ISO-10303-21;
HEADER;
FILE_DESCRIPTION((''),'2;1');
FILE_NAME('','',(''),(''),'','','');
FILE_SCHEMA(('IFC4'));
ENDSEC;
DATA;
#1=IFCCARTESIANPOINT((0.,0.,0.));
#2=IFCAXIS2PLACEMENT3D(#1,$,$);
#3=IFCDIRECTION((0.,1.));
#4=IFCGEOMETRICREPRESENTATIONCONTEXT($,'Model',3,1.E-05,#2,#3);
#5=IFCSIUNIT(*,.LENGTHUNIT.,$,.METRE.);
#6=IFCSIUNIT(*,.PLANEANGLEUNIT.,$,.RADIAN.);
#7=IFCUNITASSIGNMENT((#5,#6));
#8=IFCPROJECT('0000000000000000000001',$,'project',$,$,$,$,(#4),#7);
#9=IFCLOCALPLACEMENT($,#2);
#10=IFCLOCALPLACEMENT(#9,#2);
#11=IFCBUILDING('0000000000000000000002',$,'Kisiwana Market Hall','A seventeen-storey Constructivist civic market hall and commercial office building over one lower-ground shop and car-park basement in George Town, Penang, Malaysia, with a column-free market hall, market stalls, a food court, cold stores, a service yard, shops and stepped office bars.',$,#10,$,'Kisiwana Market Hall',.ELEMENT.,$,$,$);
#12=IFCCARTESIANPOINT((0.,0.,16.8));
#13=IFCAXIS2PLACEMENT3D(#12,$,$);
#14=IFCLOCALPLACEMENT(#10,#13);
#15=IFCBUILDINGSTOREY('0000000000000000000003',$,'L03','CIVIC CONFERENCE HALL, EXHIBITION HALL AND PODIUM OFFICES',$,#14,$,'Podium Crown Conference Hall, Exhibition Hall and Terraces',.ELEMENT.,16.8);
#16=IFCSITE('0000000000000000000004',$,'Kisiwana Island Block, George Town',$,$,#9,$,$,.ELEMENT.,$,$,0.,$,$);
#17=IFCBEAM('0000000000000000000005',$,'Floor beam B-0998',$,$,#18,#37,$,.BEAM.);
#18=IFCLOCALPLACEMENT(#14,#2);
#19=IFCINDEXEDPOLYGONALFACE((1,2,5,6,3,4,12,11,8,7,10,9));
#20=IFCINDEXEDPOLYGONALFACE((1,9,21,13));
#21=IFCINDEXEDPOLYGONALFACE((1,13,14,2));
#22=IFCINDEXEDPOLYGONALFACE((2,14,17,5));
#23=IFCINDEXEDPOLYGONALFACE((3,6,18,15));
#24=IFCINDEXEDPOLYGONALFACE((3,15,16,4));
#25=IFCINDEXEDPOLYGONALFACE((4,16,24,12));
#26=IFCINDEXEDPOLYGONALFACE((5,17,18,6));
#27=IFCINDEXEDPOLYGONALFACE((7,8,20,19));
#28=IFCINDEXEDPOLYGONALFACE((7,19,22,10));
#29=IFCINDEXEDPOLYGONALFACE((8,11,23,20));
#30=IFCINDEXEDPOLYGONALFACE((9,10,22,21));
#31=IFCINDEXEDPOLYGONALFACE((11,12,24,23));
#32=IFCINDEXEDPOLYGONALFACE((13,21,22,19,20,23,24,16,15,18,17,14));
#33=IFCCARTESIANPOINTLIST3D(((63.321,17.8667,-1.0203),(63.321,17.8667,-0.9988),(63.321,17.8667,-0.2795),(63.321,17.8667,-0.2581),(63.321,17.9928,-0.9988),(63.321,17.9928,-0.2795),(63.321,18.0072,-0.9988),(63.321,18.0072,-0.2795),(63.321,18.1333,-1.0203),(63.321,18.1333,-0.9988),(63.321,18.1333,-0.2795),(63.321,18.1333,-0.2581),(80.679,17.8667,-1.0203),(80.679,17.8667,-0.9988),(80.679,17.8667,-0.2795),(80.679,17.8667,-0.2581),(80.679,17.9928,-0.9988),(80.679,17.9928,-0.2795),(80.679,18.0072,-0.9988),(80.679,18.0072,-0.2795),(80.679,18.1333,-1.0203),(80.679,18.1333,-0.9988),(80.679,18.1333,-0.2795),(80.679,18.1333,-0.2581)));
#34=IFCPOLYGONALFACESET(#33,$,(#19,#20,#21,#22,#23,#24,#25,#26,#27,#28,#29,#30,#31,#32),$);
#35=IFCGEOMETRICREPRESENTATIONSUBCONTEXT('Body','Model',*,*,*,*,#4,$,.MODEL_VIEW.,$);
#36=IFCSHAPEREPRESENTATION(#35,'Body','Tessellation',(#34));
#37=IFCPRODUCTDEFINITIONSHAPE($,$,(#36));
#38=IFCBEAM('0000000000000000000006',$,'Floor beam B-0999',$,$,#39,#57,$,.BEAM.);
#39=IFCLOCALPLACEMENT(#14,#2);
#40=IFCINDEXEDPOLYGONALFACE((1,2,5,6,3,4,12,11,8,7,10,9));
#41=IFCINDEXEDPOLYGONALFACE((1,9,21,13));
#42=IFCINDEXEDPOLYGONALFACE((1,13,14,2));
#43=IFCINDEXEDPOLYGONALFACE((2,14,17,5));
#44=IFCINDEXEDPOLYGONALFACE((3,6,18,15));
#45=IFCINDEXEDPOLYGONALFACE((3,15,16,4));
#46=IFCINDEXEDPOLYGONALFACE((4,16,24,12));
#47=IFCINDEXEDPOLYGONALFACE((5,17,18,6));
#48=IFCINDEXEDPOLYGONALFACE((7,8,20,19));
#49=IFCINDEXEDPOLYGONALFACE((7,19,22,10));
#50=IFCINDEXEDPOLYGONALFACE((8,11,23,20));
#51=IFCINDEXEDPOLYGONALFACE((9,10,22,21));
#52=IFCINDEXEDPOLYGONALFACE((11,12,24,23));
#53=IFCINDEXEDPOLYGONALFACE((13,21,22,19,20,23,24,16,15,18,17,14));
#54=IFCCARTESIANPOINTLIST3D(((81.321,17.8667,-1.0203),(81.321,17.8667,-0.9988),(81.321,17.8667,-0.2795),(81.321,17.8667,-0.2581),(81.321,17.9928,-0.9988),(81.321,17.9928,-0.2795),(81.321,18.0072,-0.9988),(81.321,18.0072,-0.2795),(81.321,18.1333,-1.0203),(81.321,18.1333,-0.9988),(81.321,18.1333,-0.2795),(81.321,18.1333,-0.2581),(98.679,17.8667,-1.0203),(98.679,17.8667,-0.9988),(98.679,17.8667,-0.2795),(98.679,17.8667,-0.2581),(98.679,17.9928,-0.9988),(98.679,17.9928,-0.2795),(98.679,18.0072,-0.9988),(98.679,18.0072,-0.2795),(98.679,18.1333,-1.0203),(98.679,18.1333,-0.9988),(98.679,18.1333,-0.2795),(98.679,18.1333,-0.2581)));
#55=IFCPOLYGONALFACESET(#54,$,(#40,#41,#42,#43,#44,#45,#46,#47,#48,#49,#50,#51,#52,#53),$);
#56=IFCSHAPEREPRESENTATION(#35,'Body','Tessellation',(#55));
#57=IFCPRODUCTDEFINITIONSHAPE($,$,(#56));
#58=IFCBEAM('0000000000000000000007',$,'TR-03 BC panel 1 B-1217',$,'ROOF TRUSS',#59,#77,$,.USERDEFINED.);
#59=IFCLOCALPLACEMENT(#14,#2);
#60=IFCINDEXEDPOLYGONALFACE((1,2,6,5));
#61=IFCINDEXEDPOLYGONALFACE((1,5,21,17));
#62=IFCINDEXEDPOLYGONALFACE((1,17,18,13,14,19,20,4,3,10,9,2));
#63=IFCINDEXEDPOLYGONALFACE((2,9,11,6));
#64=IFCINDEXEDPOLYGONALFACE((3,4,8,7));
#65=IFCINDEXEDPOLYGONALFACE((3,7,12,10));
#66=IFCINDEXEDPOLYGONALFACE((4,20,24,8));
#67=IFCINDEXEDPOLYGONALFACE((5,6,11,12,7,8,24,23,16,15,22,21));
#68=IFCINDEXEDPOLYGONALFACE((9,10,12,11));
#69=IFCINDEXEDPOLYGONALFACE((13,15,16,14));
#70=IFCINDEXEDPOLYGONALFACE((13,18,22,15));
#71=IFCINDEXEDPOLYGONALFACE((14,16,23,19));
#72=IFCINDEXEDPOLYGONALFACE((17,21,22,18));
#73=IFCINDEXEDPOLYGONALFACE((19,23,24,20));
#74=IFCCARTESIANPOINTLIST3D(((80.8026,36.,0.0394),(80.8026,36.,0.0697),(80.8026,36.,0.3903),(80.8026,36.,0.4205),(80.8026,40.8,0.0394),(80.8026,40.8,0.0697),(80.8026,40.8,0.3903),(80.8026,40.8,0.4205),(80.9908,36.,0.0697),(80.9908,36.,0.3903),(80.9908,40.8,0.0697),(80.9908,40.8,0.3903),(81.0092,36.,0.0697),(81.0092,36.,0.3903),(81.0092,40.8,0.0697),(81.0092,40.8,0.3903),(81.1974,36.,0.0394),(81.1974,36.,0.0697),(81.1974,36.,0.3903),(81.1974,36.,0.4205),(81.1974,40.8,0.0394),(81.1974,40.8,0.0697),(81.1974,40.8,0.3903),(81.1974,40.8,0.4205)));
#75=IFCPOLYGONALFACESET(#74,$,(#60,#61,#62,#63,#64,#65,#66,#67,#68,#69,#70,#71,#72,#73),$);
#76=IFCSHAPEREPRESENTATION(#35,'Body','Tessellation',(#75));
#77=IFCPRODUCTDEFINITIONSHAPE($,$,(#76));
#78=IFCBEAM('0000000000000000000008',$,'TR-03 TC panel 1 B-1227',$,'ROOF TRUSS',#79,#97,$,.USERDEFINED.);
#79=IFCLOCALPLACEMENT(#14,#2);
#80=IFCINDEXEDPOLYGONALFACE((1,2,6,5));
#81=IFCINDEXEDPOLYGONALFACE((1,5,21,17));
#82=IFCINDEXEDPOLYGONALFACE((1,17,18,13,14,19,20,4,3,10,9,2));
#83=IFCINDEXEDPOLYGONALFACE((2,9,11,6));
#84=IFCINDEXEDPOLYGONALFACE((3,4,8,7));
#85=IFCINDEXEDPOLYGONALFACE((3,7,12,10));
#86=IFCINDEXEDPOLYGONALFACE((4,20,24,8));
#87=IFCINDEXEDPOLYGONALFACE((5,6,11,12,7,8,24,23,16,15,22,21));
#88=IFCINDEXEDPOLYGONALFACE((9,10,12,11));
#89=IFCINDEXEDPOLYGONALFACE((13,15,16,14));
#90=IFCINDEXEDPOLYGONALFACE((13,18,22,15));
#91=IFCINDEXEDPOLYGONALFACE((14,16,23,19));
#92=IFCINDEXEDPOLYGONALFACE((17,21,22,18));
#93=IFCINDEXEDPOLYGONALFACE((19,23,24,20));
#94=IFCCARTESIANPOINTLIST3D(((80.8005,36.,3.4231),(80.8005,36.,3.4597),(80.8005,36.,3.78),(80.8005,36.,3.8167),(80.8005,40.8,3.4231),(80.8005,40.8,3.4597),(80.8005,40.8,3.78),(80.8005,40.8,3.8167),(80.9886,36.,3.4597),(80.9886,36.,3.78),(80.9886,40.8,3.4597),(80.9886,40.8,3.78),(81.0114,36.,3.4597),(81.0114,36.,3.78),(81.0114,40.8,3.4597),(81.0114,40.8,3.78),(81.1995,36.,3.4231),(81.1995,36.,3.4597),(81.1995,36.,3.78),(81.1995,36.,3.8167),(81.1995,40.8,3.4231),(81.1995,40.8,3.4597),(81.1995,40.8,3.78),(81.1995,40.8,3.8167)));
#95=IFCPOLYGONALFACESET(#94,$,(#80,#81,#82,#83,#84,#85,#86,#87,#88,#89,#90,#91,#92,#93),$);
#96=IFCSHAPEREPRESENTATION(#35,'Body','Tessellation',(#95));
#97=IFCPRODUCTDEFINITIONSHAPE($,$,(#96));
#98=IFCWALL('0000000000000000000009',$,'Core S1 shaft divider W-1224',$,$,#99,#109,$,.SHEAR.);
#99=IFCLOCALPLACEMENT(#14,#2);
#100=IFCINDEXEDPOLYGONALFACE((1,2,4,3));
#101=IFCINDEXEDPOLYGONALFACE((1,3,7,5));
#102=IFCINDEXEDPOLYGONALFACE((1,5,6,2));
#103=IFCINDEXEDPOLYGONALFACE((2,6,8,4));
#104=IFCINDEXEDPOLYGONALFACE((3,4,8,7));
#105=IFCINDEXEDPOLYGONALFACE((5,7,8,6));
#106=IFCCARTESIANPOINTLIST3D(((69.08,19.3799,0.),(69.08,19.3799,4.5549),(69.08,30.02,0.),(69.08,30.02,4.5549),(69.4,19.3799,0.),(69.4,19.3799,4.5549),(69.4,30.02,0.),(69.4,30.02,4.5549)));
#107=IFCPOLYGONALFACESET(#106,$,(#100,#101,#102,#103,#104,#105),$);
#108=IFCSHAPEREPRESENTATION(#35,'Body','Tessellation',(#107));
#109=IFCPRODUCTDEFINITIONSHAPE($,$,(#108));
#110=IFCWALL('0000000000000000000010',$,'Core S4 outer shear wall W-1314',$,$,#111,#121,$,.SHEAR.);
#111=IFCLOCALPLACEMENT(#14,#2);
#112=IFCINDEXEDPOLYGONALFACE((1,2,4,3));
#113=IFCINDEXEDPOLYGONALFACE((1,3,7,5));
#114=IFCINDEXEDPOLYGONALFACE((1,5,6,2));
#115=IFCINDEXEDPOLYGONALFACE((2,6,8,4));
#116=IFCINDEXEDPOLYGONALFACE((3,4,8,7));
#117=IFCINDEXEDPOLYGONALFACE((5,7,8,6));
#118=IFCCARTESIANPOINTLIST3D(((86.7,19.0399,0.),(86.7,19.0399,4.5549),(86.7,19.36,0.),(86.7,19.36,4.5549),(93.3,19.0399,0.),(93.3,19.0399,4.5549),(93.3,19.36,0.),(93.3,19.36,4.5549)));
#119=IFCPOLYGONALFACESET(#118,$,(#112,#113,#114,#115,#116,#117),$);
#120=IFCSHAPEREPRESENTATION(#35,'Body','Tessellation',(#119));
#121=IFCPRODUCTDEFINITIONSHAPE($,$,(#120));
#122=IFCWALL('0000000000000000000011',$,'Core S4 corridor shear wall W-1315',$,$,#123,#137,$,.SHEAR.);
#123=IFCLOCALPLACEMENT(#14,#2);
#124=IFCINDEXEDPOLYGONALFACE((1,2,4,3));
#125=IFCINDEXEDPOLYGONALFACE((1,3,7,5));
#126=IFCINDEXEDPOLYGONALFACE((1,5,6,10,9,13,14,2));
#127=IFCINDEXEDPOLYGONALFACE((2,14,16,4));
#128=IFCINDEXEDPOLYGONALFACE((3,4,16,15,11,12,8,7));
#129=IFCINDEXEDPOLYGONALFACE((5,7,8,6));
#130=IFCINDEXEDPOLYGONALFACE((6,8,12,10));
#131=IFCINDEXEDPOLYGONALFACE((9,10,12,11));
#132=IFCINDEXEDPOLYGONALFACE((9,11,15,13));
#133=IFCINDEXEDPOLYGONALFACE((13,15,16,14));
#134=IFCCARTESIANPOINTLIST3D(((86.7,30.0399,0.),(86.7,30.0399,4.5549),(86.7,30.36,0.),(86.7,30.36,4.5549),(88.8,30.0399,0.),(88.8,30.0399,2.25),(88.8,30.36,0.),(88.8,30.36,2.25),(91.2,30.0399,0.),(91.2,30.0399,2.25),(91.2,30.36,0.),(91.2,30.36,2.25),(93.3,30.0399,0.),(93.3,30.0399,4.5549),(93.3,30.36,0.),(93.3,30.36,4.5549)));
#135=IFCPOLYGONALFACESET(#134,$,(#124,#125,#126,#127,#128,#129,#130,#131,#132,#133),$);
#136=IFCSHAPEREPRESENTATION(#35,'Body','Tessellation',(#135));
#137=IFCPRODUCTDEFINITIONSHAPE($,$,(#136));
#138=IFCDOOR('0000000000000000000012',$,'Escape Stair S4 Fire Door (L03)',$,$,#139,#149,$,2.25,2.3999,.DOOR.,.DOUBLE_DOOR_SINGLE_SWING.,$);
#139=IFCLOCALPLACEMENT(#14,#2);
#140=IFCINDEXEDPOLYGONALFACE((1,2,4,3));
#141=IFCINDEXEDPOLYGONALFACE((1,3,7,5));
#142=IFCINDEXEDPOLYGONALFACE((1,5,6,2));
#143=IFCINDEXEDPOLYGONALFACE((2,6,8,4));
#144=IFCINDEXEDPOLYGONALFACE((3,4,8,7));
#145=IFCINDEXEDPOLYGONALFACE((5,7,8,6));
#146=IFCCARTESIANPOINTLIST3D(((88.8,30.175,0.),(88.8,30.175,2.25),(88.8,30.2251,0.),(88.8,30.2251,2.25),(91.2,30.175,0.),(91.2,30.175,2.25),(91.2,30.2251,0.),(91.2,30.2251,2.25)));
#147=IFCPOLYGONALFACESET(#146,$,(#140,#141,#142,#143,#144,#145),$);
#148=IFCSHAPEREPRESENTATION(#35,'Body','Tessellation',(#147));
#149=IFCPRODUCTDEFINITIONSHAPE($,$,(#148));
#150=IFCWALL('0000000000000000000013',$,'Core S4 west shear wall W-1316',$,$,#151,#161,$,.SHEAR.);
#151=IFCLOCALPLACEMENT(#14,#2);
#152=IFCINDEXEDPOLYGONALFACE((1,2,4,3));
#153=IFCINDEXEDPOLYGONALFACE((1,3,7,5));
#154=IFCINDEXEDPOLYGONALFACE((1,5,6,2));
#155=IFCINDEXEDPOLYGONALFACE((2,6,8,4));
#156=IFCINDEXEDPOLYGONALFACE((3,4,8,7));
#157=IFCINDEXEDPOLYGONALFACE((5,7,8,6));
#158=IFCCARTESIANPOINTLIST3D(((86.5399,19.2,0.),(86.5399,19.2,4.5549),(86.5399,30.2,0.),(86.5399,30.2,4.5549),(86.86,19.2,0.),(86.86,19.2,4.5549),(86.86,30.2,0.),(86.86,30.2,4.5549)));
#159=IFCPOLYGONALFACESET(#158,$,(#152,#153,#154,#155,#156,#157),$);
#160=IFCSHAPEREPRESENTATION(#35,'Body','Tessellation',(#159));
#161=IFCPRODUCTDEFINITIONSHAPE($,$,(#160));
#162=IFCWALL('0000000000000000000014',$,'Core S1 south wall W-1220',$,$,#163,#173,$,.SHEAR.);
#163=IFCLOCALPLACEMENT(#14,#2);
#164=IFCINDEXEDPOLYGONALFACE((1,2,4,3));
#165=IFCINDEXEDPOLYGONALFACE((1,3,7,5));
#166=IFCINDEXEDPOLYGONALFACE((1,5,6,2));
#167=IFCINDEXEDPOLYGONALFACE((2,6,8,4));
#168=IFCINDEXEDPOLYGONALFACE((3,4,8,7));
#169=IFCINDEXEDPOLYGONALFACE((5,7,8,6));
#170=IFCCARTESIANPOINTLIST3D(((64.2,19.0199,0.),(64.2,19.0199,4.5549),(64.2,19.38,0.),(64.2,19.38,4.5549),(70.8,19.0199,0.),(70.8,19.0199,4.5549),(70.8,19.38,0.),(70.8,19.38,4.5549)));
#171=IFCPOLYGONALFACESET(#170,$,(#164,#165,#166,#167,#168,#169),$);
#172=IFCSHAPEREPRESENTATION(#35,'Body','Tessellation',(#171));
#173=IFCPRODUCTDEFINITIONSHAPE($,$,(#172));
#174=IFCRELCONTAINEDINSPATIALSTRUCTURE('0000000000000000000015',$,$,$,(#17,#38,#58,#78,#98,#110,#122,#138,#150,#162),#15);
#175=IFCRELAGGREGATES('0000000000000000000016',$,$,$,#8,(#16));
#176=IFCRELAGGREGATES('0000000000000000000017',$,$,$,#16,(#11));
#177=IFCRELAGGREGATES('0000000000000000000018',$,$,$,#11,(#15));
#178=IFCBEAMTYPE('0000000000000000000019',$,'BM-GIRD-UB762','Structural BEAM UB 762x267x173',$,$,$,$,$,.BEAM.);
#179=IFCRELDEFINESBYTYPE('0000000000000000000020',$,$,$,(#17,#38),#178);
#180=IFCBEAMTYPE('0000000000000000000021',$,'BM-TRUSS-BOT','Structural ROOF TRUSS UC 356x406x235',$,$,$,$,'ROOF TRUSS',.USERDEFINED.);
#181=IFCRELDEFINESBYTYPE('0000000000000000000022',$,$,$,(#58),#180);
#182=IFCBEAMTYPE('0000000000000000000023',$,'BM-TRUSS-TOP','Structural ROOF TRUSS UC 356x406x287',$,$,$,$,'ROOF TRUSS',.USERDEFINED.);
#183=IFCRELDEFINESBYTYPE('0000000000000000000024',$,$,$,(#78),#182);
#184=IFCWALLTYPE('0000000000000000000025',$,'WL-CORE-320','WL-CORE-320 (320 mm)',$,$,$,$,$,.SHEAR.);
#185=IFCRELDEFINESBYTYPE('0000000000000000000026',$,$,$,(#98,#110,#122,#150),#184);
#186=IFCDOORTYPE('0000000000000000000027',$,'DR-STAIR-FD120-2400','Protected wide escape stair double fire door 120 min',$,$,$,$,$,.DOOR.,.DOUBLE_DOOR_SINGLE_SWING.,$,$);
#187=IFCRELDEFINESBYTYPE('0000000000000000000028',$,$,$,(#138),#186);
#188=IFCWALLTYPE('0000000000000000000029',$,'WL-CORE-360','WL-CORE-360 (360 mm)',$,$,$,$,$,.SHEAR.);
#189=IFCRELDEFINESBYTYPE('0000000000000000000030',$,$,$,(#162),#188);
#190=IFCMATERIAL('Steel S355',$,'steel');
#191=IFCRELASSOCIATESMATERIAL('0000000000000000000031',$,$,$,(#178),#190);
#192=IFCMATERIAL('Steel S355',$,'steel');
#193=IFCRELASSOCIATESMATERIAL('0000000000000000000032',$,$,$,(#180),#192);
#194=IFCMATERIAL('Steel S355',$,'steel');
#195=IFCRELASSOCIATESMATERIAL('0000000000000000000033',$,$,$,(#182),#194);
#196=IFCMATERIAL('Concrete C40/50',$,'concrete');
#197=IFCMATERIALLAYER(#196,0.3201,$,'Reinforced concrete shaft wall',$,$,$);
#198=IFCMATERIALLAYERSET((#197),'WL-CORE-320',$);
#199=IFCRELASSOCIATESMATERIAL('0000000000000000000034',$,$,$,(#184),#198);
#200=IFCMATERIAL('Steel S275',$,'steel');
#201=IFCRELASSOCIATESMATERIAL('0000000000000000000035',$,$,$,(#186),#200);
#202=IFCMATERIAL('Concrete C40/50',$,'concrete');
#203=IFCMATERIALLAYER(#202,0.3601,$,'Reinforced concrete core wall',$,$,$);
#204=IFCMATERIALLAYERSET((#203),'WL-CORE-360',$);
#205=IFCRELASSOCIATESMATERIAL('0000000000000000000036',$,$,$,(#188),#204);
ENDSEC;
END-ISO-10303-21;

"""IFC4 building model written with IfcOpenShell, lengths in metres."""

from ifc_helpers import new_model, si_unit, direction, frame, frame_2d, origin, origin_2d, place, context, subcontext, project, spatial, rectangle, i_section, extrude, material, layer, layer_set, material_profile, profile_set, type_object, element, fill, save


model = new_model("IFC4")

# Units and contexts
model_context = context("Model", 3, precision=1e-05, world=origin(), true_north=direction((0.0, 1.0)))
body_context = subcontext(model_context, "Body", "Model", "MODEL_VIEW")
ifc_project = project(units=[si_unit("LENGTHUNIT", "METRE"), si_unit("PLANEANGLEUNIT", "RADIAN")], contexts=[model_context])

# Site, building, storey
site_placement = place(None, origin())
site = spatial("IfcSite", under=ifc_project, at=site_placement, Name="Kisiwana Island Block, George Town", CompositionType="ELEMENT", RefElevation=0.0)
building_placement = place(site_placement, origin())
building = spatial("IfcBuilding", under=site, at=building_placement, Name="Kisiwana Market Hall", Description="A seventeen-storey Constructivist civic market hall and commercial office building over one lower-ground shop and car-park basement in George Town, Penang, Malaysia, with a column-free market hall, market stalls, a food court, cold stores, a service yard, shops and stepped office bars.", LongName="Kisiwana Market Hall", CompositionType="ELEMENT")
storey_placement = place(building_placement, frame((0.0, 0.0, 16.8)))
storey = spatial("IfcBuildingStorey", under=building, at=storey_placement, Name="L03", Description="CIVIC CONFERENCE HALL, EXHIBITION HALL AND PODIUM OFFICES", LongName="Podium Crown Conference Hall, Exhibition Hall and Terraces", CompositionType="ELEMENT", Elevation=16.8)

# Beams
ifc_material_1 = material(Name="Steel S355", Category="steel")
ifc_material_profile_1 = material_profile(ifc_material_1, i_section(OverallWidth=0.2666, OverallDepth=0.7622, WebThickness=0.0144, FlangeThickness=0.0215, at=origin_2d()), Name="UB 762x267x173")
ifc_profile_set_1 = profile_set([ifc_material_profile_1], Name="Steel S355")
beam_type_1 = type_object("IfcBeamType", Name="BM-GIRD-UB762", Description="Structural BEAM UB 762x267x173", PredefinedType="BEAM", material=ifc_profile_set_1)
for number, where, z_axis, x_axis, name in (
    (1, (63.321, 18.0, -0.6392), (1.0, 0.0, 0.0), (0.0, 1.0, 0.0), "Floor beam B-0998"),
    (2, (81.321, 18.0, -0.6392), (1.0, 0.0, 0.0), (0.0, 1.0, 0.0), "Floor beam B-0999"),
):
    element("IfcBeam", number, at=place(storey_placement, frame(where, z_axis=z_axis, x_axis=x_axis)), inside=storey, type_object=beam_type_1, Name=name, PredefinedType="BEAM", context=body_context, shape_type="SweptSolid", body=[
        extrude(i_section(OverallWidth=0.2666, OverallDepth=0.7622, WebThickness=0.0144, FlangeThickness=0.0215, at=origin_2d()), origin(), (0.0, 0.0, 1.0), 17.3579),
    ])
ifc_material_2 = material(Name="Steel S355", Category="steel")
ifc_material_profile_2 = material_profile(ifc_material_2, i_section(OverallWidth=0.3948, OverallDepth=0.3811, WebThickness=0.0183, FlangeThickness=0.0303, at=origin_2d()), Name="UC 356x406x235")
ifc_profile_set_2 = profile_set([ifc_material_profile_2], Name="Steel S355")
beam_type_2 = type_object("IfcBeamType", Name="BM-TRUSS-BOT", Description="Structural ROOF TRUSS UC 356x406x235", ElementType="ROOF TRUSS", PredefinedType="USERDEFINED", material=ifc_profile_set_2)
beam_1_placement = place(storey_placement, frame((81.0, 36.0, 0.23), z_axis=(0.0, 1.0, 0.0), x_axis=(-1.0, 0.0, 0.0)))
element("IfcBeam", 3, at=beam_1_placement, inside=storey, type_object=beam_type_2, Name="TR-03 BC panel 1 B-1217", ObjectType="ROOF TRUSS", PredefinedType="USERDEFINED", context=body_context, shape_type="SweptSolid", body=[
    extrude(i_section(OverallWidth=0.3948, OverallDepth=0.3811, WebThickness=0.0183, FlangeThickness=0.0303, at=origin_2d()), origin(), (0.0, 0.0, 1.0), 4.8),
])
ifc_material_3 = material(Name="Steel S355", Category="steel")
ifc_material_profile_3 = material_profile(ifc_material_3, i_section(OverallWidth=0.3989, OverallDepth=0.3936, WebThickness=0.0227, FlangeThickness=0.0366, at=origin_2d()), Name="UC 356x406x287")
ifc_profile_set_3 = profile_set([ifc_material_profile_3], Name="Steel S355")
beam_type_3 = type_object("IfcBeamType", Name="BM-TRUSS-TOP", Description="Structural ROOF TRUSS UC 356x406x287", ElementType="ROOF TRUSS", PredefinedType="USERDEFINED", material=ifc_profile_set_3)
beam_2_placement = place(storey_placement, frame((81.0, 36.0, 3.6199), z_axis=(0.0, 1.0, 0.0), x_axis=(-1.0, 0.0, 0.0)))
element("IfcBeam", 4, at=beam_2_placement, inside=storey, type_object=beam_type_3, Name="TR-03 TC panel 1 B-1227", ObjectType="ROOF TRUSS", PredefinedType="USERDEFINED", context=body_context, shape_type="SweptSolid", body=[
    extrude(i_section(OverallWidth=0.3989, OverallDepth=0.3936, WebThickness=0.0227, FlangeThickness=0.0366, at=origin_2d()), origin(), (0.0, 0.0, 1.0), 4.8),
])

# Walls
ifc_material_4 = material(Name="Concrete C40/50", Category="concrete")
ifc_layer_1 = layer(ifc_material_4, 0.3201, Name="Reinforced concrete shaft wall")
ifc_layer_set_1 = layer_set([ifc_layer_1], Name="WL-CORE-320")
wall_type_1 = type_object("IfcWallType", Name="WL-CORE-320", Description="WL-CORE-320 (320 mm)", PredefinedType="SHEAR", material=ifc_layer_set_1)
wall_1_placement = place(storey_placement, frame((69.24, 19.3799, 0.0), z_axis=(0.0, 0.0, 1.0), x_axis=(0.0, 1.0, 0.0)))
element("IfcWall", 5, at=wall_1_placement, inside=storey, type_object=wall_type_1, Name="Core S1 shaft divider W-1224", PredefinedType="SHEAR", context=body_context, shape_type="SweptSolid", body=[
    extrude(rectangle(XDim=10.6401, YDim=0.3201, at=frame_2d((5.3201, 0.0))), origin(), (0.0, 0.0, 1.0), 4.5549),
])
wall_2_placement = place(storey_placement, frame((86.7, 19.2, 0.0), z_axis=(0.0, 0.0, 1.0), x_axis=(1.0, 0.0, 0.0)))
element("IfcWall", 6, at=wall_2_placement, inside=storey, type_object=wall_type_1, Name="Core S4 outer shear wall W-1314", PredefinedType="SHEAR", context=body_context, shape_type="SweptSolid", body=[
    extrude(rectangle(XDim=6.6001, YDim=0.3201, at=frame_2d((3.3, 0.0))), origin(), (0.0, 0.0, 1.0), 4.5549),
])

# Wall, opening, door
wall_3_placement = place(storey_placement, frame((86.7, 30.2, 0.0), z_axis=(0.0, 0.0, 1.0), x_axis=(1.0, 0.0, 0.0)))
wall_3 = element("IfcWall", 7, at=wall_3_placement, inside=storey, type_object=wall_type_1, Name="Core S4 corridor shear wall W-1315", PredefinedType="SHEAR", context=body_context, shape_type="SweptSolid", body=[
    extrude(rectangle(XDim=6.6001, YDim=0.3201, at=frame_2d((3.3, 0.0))), origin(), (0.0, 0.0, 1.0), 4.5549),
])
opening_1_placement = place(wall_3_placement, frame((2.1001, 0.0, 0.0)))
opening_1 = element("IfcOpeningElement", 8, at=opening_1_placement, cuts=wall_3, PredefinedType="OPENING", context=body_context, shape_type="SweptSolid", body=[
    extrude(rectangle(XDim=2.3999, YDim=2.25, at=frame_2d((1.2, 1.125))), frame((0.0, 0.1719, 0.0), z_axis=(0.0, -1.0, 0.0), x_axis=(1.0, 0.0, 0.0)), (0.0, 0.0, 1.0), 0.344),
])
ifc_material_5 = material(Name="Steel S275", Category="steel")
door_type_1 = type_object("IfcDoorType", Name="DR-STAIR-FD120-2400", Description="Protected wide escape stair double fire door 120 min", OperationType="DOUBLE_DOOR_SINGLE_SWING", PredefinedType="DOOR", material=ifc_material_5)
door_1_placement = place(opening_1_placement, frame((2.3999, 0.0, 0.0), z_axis=(0.0, 0.0, 1.0), x_axis=(-1.0, 0.0, 0.0)))
door_1 = element("IfcDoor", 9, at=door_1_placement, inside=storey, type_object=door_type_1, Name="Escape Stair S4 Fire Door (L03)", OperationType="DOUBLE_DOOR_SINGLE_SWING", OverallHeight=2.25, OverallWidth=2.3999, PredefinedType="DOOR", context=body_context, shape_type="SweptSolid", body=[
    extrude(rectangle(XDim=2.3999, YDim=2.25, at=frame_2d((1.2, 1.125))), frame((0.0, 0.0249, 0.0), z_axis=(0.0, -1.0, 0.0), x_axis=(1.0, 0.0, 0.0)), (0.0, 0.0, 1.0), 0.05),
])
fill(opening_1, door_1)

# Walls
wall_4_placement = place(storey_placement, frame((86.7, 19.2, 0.0), z_axis=(0.0, 0.0, 1.0), x_axis=(0.0, 1.0, 0.0)))
element("IfcWall", 10, at=wall_4_placement, inside=storey, type_object=wall_type_1, Name="Core S4 west shear wall W-1316", PredefinedType="SHEAR", context=body_context, shape_type="SweptSolid", body=[
    extrude(rectangle(XDim=11.0, YDim=0.3201, at=frame_2d((5.5, 0.0))), origin(), (0.0, 0.0, 1.0), 4.5549),
])
ifc_material_6 = material(Name="Concrete C40/50", Category="concrete")
ifc_layer_2 = layer(ifc_material_6, 0.3601, Name="Reinforced concrete core wall")
ifc_layer_set_2 = layer_set([ifc_layer_2], Name="WL-CORE-360")
wall_type_2 = type_object("IfcWallType", Name="WL-CORE-360", Description="WL-CORE-360 (360 mm)", PredefinedType="SHEAR", material=ifc_layer_set_2)
for number, where, z_axis, x_axis, name in (
    (11, (64.2, 19.2, 0.0), (0.0, 0.0, 1.0), (1.0, 0.0, 0.0), "Core S1 south wall W-1220"),
):
    element("IfcWall", number, at=place(storey_placement, frame(where, z_axis=z_axis, x_axis=x_axis)), inside=storey, type_object=wall_type_2, Name=name, PredefinedType="SHEAR", context=body_context, shape_type="SweptSolid", body=[
        extrude(rectangle(XDim=6.6001, YDim=0.3601, at=frame_2d((3.3, 0.0))), origin(), (0.0, 0.0, 1.0), 4.5549),
    ])

save(model, "model.ifc")
